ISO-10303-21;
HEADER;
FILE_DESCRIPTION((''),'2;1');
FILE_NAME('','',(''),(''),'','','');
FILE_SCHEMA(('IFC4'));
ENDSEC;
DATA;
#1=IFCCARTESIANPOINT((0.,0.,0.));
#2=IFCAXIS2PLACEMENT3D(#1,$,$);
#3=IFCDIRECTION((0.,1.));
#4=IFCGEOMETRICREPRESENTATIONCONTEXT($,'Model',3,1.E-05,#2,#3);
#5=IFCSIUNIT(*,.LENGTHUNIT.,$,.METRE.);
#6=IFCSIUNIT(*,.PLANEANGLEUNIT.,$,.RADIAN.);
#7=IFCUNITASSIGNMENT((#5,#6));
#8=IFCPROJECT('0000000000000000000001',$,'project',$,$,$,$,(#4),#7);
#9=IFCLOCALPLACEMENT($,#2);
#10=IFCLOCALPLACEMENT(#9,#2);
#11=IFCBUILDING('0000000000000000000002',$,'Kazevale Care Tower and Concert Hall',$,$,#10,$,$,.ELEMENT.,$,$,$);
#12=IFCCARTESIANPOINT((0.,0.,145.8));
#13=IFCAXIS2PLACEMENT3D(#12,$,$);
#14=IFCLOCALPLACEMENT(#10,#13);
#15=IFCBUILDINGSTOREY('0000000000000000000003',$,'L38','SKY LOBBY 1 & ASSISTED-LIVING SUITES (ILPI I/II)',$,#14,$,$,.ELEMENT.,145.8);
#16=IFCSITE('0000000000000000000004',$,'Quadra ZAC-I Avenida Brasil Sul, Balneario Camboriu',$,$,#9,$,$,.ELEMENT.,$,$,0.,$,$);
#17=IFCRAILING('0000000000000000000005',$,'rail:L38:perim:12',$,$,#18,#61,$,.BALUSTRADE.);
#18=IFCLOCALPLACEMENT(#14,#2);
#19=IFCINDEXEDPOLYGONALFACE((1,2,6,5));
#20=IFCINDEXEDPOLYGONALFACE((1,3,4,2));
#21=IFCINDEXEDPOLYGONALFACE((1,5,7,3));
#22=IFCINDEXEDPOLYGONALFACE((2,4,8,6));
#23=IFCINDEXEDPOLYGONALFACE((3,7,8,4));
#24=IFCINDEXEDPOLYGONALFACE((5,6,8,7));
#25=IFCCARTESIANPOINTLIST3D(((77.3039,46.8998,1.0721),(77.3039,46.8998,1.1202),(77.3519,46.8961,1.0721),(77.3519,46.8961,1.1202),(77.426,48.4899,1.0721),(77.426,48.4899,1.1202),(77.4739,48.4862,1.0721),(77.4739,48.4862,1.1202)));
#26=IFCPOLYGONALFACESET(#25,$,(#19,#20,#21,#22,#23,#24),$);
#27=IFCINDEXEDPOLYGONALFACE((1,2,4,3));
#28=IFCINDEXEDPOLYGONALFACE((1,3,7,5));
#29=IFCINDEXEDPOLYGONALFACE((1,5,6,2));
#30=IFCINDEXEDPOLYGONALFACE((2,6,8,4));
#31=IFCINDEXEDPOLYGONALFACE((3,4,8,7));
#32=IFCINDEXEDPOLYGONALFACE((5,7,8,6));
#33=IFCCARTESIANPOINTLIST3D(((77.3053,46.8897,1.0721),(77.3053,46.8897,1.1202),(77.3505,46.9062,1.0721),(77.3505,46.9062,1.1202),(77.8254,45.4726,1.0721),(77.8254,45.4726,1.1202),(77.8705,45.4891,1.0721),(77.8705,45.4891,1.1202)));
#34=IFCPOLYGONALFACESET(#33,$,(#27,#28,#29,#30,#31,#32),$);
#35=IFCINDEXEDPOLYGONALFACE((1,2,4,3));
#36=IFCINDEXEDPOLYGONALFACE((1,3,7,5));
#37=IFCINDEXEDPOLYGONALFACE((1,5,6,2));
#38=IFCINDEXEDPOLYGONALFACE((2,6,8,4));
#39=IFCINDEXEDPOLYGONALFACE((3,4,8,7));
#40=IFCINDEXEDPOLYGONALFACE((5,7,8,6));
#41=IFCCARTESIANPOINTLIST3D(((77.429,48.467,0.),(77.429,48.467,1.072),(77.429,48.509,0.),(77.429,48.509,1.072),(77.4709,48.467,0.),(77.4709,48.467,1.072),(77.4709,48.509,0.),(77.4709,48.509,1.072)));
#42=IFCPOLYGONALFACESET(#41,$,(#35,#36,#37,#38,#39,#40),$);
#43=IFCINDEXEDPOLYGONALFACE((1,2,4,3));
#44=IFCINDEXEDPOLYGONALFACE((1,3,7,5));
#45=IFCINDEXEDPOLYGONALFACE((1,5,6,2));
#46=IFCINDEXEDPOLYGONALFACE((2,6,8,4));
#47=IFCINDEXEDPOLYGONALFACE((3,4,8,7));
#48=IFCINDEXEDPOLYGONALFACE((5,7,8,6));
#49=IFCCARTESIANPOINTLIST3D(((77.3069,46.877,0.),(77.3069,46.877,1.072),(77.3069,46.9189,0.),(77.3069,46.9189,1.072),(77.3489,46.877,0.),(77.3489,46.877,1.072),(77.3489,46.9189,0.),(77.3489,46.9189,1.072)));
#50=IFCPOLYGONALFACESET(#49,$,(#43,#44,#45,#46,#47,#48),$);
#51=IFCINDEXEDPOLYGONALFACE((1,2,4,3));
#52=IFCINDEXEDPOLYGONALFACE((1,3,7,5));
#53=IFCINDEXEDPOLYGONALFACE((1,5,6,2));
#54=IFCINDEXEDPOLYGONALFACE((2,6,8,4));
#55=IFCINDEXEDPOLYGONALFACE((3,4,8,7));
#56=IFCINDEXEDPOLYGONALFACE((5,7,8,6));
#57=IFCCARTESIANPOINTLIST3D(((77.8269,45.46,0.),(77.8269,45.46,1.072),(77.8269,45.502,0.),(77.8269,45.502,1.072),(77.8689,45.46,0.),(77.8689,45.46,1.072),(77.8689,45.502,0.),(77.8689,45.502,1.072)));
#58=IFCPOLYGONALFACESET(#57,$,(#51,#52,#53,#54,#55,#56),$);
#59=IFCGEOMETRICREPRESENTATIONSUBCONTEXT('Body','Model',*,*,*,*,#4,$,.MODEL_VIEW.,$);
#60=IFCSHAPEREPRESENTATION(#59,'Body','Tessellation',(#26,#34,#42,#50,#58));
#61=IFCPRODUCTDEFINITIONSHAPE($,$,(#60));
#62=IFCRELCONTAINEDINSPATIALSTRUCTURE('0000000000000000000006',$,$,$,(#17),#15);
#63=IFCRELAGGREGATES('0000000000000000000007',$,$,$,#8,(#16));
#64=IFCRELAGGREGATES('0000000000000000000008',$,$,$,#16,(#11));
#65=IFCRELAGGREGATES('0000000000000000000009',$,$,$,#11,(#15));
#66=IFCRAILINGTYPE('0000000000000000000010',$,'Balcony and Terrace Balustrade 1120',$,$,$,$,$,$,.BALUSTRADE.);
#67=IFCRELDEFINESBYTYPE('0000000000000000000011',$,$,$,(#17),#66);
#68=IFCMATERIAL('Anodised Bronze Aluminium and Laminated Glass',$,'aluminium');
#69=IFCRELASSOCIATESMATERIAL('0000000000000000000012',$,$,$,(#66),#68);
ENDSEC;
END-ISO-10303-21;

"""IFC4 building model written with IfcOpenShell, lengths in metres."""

from ifc_helpers import new_model, si_unit, direction, frame, origin, origin_2d, place, context, subcontext, project, spatial, rectangle, extrude, material, type_object, element, save


model = new_model("IFC4")

# Units and contexts
model_context = context("Model", 3, precision=1e-05, world=origin(), true_north=direction((0.0, 1.0)))
body_context = subcontext(model_context, "Body", "Model", "MODEL_VIEW")
ifc_project = project(units=[si_unit("LENGTHUNIT", "METRE"), si_unit("PLANEANGLEUNIT", "RADIAN")], contexts=[model_context])

# Site, building, storey
site_placement = place(None, origin())
site = spatial("IfcSite", under=ifc_project, at=site_placement, Name="Quadra ZAC-I Avenida Brasil Sul, Balneario Camboriu", CompositionType="ELEMENT", RefElevation=0.0)
building_placement = place(site_placement, origin())
building = spatial("IfcBuilding", under=site, at=building_placement, Name="Kazevale Care Tower and Concert Hall", CompositionType="ELEMENT")
storey_placement = place(building_placement, frame((0.0, 0.0, 145.8)))
storey = spatial("IfcBuildingStorey", under=building, at=storey_placement, Name="L38", Description="SKY LOBBY 1 & ASSISTED-LIVING SUITES (ILPI I/II)", CompositionType="ELEMENT", Elevation=145.8)

# Railing
ifc_material_1 = material(Name="Anodised Bronze Aluminium and Laminated Glass", Category="aluminium")
railing_type = type_object("IfcRailingType", Name="Balcony and Terrace Balustrade 1120", PredefinedType="BALUSTRADE", material=ifc_material_1)
railing_1_placement = place(storey_placement, frame((77.45, 48.488, 0.0)))
element("IfcRailing", 1, at=railing_1_placement, inside=storey, type_object=railing_type, Name="rail:L38:perim:12", PredefinedType="BALUSTRADE", context=body_context, shape_type="SweptSolid", body=[
    extrude(rectangle(XDim=0.0481, YDim=0.0481, at=origin_2d()), frame((0.0, 0.0, 1.0962), z_axis=(-0.076544, -0.997066, 0.0), x_axis=(0.997066, -0.076544, 0.0)), (0.0, 0.0, 1.0), 1.5947),
    extrude(rectangle(XDim=0.0481, YDim=0.0481, at=origin_2d()), frame((-0.1221, -1.5901, 1.0962), z_axis=(0.344521, -0.938779, 0.0), x_axis=(0.938779, 0.344521, 0.0)), (0.0, 0.0, 1.0), 1.5095),
    extrude(rectangle(XDim=0.042, YDim=0.042, at=origin_2d()), origin(), (0.0, 0.0, 1.0), 1.072),
    extrude(rectangle(XDim=0.042, YDim=0.042, at=origin_2d()), frame((-0.1221, -1.5901, 0.0)), (0.0, 0.0, 1.0), 1.072),
    extrude(rectangle(XDim=0.042, YDim=0.042, at=origin_2d()), frame((0.3979, -3.0071, 0.0)), (0.0, 0.0, 1.0), 1.072),
])

save(model, "model.ifc")
